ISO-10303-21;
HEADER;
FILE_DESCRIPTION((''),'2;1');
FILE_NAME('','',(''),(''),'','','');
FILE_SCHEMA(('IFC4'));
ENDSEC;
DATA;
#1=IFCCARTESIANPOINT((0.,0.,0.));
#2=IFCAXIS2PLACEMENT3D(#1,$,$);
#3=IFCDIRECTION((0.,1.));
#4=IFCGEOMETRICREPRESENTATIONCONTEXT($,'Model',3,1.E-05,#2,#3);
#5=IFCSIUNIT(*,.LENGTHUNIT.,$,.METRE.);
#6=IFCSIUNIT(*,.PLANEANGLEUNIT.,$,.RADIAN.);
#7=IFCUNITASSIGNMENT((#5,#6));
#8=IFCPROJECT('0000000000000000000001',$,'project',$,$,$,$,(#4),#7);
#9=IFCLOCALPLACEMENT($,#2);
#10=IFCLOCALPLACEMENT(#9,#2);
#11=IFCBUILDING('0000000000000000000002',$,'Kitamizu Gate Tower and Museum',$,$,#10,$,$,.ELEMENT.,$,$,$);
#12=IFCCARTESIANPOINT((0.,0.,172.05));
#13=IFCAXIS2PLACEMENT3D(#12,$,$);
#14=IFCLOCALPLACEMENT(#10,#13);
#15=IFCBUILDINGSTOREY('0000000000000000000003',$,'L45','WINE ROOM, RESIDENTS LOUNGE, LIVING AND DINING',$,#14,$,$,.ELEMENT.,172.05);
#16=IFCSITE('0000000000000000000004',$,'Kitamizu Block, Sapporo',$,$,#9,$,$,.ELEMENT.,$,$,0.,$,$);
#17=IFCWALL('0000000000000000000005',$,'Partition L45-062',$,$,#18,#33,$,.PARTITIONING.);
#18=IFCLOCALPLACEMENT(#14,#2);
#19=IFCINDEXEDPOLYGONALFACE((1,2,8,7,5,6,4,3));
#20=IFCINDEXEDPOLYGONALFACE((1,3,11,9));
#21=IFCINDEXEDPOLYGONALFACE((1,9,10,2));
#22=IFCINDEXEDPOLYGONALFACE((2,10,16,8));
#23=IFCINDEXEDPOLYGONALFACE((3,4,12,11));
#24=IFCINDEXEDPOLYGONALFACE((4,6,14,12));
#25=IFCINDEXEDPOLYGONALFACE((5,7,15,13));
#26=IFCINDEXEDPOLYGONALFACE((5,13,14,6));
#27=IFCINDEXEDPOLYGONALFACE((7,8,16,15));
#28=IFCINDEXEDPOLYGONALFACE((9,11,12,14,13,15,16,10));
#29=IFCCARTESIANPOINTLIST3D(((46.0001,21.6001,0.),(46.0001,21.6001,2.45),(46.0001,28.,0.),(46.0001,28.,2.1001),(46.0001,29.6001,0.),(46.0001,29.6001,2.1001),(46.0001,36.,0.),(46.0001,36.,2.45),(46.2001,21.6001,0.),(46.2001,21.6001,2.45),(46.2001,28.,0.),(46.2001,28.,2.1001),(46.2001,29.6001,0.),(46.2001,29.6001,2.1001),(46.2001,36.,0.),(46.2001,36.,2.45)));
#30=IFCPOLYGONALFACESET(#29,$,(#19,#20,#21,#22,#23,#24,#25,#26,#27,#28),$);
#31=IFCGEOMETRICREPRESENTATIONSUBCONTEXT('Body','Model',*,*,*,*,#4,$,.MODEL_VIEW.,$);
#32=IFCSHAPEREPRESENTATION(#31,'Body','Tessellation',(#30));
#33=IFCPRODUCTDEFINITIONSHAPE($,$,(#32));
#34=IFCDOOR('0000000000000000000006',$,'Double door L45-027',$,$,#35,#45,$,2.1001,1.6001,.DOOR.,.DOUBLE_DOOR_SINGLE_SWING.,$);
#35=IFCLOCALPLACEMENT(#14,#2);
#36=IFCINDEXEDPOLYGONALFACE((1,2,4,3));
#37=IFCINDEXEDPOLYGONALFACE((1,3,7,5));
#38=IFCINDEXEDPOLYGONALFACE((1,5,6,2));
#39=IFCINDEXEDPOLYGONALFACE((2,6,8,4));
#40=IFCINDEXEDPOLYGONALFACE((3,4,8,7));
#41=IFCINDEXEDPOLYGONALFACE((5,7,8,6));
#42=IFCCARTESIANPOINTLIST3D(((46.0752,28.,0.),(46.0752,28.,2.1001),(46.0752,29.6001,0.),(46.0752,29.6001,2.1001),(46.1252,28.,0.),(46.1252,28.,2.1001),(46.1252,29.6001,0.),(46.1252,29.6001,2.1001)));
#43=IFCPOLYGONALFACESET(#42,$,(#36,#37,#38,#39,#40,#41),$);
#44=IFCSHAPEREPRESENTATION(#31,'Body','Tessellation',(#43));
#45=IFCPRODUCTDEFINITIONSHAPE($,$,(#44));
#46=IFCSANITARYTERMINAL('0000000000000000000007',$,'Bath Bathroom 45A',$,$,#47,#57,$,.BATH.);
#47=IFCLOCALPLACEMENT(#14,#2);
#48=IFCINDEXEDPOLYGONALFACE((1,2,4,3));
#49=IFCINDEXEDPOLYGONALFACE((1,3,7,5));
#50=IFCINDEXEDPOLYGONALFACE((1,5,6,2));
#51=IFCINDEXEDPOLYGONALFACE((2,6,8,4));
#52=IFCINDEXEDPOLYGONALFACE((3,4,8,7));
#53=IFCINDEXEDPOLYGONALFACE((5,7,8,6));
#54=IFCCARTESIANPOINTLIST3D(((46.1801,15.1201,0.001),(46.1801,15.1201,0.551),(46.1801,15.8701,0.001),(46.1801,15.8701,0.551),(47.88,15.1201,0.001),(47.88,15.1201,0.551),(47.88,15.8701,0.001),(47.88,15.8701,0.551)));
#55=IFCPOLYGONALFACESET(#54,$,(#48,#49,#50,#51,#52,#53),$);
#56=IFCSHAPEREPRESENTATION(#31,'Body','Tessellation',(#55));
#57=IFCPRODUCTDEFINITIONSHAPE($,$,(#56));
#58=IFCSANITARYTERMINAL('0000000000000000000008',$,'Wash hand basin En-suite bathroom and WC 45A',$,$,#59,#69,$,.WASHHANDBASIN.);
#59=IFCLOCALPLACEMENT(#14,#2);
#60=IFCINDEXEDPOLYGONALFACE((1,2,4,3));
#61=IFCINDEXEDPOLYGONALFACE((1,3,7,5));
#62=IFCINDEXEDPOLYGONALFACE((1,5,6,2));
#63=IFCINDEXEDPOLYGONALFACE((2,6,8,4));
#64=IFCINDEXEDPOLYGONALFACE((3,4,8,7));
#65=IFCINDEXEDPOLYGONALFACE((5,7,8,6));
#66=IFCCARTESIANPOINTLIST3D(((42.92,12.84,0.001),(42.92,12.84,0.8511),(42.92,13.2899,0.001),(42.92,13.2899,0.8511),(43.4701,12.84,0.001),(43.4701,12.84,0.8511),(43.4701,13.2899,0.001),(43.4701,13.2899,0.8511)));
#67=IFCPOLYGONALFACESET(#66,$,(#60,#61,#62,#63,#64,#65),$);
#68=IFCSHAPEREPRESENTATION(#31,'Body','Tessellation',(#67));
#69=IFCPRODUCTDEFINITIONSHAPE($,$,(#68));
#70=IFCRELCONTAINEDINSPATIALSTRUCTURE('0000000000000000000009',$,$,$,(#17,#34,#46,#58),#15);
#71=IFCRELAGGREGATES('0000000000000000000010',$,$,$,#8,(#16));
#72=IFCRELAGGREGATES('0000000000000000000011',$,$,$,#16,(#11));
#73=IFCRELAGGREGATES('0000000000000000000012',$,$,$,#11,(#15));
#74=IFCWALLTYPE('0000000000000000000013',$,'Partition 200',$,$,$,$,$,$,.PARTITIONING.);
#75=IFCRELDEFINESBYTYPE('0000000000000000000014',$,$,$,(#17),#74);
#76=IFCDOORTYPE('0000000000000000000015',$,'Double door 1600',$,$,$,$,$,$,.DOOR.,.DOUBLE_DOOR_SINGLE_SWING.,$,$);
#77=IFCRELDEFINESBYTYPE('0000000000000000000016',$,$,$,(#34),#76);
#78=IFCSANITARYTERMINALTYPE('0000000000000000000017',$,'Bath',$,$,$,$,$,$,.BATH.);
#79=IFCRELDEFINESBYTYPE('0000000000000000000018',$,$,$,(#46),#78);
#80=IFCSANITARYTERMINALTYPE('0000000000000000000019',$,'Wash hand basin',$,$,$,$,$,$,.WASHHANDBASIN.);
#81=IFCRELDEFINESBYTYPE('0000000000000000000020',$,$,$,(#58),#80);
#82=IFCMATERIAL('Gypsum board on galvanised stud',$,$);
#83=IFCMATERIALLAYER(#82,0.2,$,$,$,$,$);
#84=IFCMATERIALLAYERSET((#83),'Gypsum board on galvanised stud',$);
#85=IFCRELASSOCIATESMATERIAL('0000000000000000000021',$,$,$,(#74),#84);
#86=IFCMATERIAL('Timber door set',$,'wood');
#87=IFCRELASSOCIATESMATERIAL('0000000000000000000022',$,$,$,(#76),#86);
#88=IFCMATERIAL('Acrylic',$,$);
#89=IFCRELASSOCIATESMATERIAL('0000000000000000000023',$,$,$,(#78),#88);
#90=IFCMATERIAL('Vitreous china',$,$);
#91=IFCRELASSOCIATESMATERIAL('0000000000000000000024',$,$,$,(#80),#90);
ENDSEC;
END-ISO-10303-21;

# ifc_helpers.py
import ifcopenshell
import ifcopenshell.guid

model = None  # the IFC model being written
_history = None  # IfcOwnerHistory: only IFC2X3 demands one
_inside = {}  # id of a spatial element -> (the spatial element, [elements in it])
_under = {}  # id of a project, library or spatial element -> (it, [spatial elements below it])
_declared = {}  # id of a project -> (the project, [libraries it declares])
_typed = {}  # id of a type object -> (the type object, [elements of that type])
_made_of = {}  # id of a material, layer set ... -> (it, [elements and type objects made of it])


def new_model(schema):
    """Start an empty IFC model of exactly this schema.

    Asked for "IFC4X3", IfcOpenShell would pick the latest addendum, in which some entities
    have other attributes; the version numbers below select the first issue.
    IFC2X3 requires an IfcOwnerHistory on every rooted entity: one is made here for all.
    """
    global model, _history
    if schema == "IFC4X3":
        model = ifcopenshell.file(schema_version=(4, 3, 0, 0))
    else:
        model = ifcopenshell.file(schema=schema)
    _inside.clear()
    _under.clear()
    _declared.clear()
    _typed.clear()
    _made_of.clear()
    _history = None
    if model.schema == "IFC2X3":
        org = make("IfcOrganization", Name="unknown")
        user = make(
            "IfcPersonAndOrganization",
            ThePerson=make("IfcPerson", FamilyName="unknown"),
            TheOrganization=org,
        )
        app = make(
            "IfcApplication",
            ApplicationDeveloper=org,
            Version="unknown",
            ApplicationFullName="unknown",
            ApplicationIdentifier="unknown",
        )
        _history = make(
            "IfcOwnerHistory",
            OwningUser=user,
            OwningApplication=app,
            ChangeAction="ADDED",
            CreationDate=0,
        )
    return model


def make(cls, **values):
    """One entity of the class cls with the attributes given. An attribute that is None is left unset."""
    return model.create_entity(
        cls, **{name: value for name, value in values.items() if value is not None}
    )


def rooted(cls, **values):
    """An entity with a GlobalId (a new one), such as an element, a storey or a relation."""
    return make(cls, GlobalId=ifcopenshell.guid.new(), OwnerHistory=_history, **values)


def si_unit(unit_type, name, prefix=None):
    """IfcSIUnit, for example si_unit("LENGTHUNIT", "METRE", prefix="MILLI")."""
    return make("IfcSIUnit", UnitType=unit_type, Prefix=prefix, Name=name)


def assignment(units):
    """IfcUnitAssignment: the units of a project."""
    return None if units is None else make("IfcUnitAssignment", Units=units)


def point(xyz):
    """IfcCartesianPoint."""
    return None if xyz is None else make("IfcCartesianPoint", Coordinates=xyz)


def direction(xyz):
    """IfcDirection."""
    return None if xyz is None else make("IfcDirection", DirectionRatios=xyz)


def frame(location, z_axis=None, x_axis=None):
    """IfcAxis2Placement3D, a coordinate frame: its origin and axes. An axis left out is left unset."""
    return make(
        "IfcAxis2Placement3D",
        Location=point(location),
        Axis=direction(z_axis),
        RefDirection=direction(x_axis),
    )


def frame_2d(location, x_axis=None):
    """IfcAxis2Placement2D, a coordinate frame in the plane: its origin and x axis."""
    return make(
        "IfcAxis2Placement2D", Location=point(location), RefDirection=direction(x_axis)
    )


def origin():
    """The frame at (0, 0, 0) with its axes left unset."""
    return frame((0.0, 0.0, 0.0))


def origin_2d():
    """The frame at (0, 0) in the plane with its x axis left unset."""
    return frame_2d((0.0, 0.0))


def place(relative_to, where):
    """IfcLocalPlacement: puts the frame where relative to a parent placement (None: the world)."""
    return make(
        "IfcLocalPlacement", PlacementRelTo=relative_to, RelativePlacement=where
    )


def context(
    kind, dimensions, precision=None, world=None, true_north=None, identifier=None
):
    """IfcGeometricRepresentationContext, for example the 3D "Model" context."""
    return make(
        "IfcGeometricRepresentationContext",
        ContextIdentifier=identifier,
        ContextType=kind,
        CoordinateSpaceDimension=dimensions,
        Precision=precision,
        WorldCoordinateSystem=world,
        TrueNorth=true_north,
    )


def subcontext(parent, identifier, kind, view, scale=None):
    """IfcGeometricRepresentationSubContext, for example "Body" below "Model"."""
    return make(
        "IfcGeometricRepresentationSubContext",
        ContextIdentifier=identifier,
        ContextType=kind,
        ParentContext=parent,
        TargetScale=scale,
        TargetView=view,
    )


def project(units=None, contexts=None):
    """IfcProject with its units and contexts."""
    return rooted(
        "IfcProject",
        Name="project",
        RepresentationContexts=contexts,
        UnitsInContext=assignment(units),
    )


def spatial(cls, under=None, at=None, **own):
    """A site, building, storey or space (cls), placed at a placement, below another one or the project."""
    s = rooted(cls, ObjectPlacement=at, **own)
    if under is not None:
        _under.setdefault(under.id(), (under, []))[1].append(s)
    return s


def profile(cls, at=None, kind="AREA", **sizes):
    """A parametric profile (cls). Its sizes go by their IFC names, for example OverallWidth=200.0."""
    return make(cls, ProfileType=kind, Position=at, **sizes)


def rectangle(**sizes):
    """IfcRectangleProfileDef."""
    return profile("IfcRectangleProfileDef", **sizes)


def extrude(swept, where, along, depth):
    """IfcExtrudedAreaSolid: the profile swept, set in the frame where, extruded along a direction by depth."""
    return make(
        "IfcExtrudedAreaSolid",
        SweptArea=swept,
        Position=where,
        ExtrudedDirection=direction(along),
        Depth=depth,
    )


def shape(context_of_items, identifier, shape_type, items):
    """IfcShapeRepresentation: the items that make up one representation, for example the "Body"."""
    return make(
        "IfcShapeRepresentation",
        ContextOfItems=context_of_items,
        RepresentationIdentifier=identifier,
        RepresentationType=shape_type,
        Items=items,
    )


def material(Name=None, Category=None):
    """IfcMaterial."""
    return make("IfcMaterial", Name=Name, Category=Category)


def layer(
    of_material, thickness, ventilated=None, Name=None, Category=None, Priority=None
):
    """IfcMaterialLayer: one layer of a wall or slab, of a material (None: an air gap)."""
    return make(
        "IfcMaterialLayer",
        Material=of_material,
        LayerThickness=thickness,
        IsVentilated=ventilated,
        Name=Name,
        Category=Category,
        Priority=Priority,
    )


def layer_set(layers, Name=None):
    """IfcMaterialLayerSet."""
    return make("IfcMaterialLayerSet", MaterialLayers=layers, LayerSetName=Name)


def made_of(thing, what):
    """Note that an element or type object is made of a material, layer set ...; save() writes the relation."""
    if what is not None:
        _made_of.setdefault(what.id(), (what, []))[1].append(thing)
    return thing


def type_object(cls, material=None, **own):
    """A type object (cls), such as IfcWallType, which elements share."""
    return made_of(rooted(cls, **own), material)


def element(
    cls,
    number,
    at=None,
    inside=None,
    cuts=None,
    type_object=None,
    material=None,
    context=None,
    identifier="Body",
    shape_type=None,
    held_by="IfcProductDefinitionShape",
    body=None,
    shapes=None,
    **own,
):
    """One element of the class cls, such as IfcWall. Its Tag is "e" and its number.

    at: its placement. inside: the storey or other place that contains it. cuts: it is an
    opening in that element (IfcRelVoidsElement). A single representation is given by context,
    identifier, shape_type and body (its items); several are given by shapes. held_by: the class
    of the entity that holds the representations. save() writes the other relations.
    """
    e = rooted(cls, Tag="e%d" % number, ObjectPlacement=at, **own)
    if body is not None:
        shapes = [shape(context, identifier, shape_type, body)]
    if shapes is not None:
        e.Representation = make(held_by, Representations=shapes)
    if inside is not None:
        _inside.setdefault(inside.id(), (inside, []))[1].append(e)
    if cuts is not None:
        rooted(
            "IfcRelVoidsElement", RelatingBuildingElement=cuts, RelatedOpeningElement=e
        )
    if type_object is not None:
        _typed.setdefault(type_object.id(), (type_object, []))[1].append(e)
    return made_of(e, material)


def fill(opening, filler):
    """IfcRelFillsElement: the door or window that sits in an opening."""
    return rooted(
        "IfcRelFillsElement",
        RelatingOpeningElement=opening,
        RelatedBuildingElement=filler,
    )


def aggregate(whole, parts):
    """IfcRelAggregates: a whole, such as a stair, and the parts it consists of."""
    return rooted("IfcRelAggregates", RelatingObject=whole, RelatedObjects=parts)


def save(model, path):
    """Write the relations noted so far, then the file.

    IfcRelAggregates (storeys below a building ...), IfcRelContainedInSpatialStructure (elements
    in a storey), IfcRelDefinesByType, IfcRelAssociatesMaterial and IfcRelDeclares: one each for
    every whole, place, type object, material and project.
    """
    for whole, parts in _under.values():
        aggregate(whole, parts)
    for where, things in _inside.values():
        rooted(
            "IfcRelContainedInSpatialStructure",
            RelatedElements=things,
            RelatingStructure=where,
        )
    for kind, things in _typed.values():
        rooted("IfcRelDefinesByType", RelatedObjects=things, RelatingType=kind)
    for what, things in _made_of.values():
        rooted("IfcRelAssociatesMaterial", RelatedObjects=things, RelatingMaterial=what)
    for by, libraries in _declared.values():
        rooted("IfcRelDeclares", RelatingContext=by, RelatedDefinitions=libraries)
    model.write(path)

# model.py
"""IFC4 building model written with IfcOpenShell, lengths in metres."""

from ifc_helpers import new_model, si_unit, direction, frame, frame_2d, origin, origin_2d, place, context, subcontext, project, spatial, rectangle, extrude, material, layer, layer_set, type_object, element, fill, save


model = new_model("IFC4")

# Units and contexts
model_context = context("Model", 3, precision=1e-05, world=origin(), true_north=direction((0.0, 1.0)))
body_context = subcontext(model_context, "Body", "Model", "MODEL_VIEW")
ifc_project = project(units=[si_unit("LENGTHUNIT", "METRE"), si_unit("PLANEANGLEUNIT", "RADIAN")], contexts=[model_context])

# Site, building, storey
site_placement = place(None, origin())
site = spatial("IfcSite", under=ifc_project, at=site_placement, Name="Kitamizu Block, Sapporo", CompositionType="ELEMENT", RefElevation=0.0)
building_placement = place(site_placement, origin())
building = spatial("IfcBuilding", under=site, at=building_placement, Name="Kitamizu Gate Tower and Museum", CompositionType="ELEMENT")
storey_placement = place(building_placement, frame((0.0, 0.0, 172.05)))
storey = spatial("IfcBuildingStorey", under=building, at=storey_placement, Name="L45", Description="WINE ROOM, RESIDENTS LOUNGE, LIVING AND DINING", CompositionType="ELEMENT", Elevation=172.05)

# Shared definitions
ifc_material_1 = material(Name="Gypsum board on galvanised stud")
ifc_layer_1 = layer(ifc_material_1, 0.2)
ifc_layer_set_1 = layer_set([ifc_layer_1], Name="Gypsum board on galvanised stud")
wall_type_1 = type_object("IfcWallType", Name="Partition 200", PredefinedType="PARTITIONING", material=ifc_layer_set_1)

# Wall, opening, door
wall_1_placement = place(storey_placement, frame((46.1001, 21.6001, 0.0), z_axis=(0.0, 0.0, 1.0), x_axis=(0.0, 1.0, 0.0)))
wall_1 = element("IfcWall", 1, at=wall_1_placement, inside=storey, type_object=wall_type_1, Name="Partition L45-062", PredefinedType="PARTITIONING", context=body_context, shape_type="SweptSolid", body=[
    extrude(rectangle(XDim=14.3999, YDim=0.2, at=frame_2d((7.2, 0.0))), origin(), (0.0, 0.0, 1.0), 2.45),
])
opening_1_placement = place(wall_1_placement, frame((6.3999, 0.0, 0.0)))
opening_1 = element("IfcOpeningElement", 2, at=opening_1_placement, cuts=wall_1, PredefinedType="OPENING", context=body_context, shape_type="SweptSolid", body=[
    extrude(rectangle(XDim=1.6001, YDim=2.1001, at=frame_2d((0.8, 1.05))), frame((0.0, 0.1099, 0.0), z_axis=(0.0, -1.0, 0.0), x_axis=(1.0, 0.0, 0.0)), (0.0, 0.0, 1.0), 0.22),
])
ifc_material_2 = material(Name="Timber door set", Category="wood")
door_type_1 = type_object("IfcDoorType", Name="Double door 1600", OperationType="DOUBLE_DOOR_SINGLE_SWING", PredefinedType="DOOR", material=ifc_material_2)
door_1_placement = place(opening_1_placement, origin())
door_1 = element("IfcDoor", 3, at=door_1_placement, inside=storey, type_object=door_type_1, Name="Double door L45-027", OperationType="DOUBLE_DOOR_SINGLE_SWING", OverallHeight=2.1001, OverallWidth=1.6001, PredefinedType="DOOR", context=body_context, shape_type="SweptSolid", body=[
    extrude(rectangle(XDim=1.6001, YDim=2.1001, at=frame_2d((0.8, 1.05))), frame((0.0, 0.0249, 0.0), z_axis=(0.0, -1.0, 0.0), x_axis=(1.0, 0.0, 0.0)), (0.0, 0.0, 1.0), 0.05),
])
fill(opening_1, door_1)

# Sanitary terminals
ifc_material_3 = material(Name="Acrylic")
sanitary_terminal_type_1 = type_object("IfcSanitaryTerminalType", Name="Bath", PredefinedType="BATH", material=ifc_material_3)
sanitary_terminal_1_placement = place(storey_placement, frame((47.03, 15.4951, 0.001), z_axis=(0.0, 0.0, 1.0), x_axis=(1.0, 0.0, 0.0)))
element("IfcSanitaryTerminal", 4, at=sanitary_terminal_1_placement, inside=storey, type_object=sanitary_terminal_type_1, Name="Bath Bathroom 45A", PredefinedType="BATH", context=body_context, shape_type="SweptSolid", body=[
    extrude(rectangle(XDim=1.7, YDim=0.75, at=origin_2d()), origin(), (0.0, 0.0, 1.0), 0.55),
])
ifc_material_4 = material(Name="Vitreous china")
sanitary_terminal_type_2 = type_object("IfcSanitaryTerminalType", Name="Wash hand basin", PredefinedType="WASHHANDBASIN", material=ifc_material_4)
sanitary_terminal_2_placement = place(storey_placement, frame((43.1951, 13.0649, 0.001), z_axis=(0.0, 0.0, 1.0), x_axis=(1.0, 0.0, 0.0)))
element("IfcSanitaryTerminal", 5, at=sanitary_terminal_2_placement, inside=storey, type_object=sanitary_terminal_type_2, Name="Wash hand basin En-suite bathroom and WC 45A", PredefinedType="WASHHANDBASIN", context=body_context, shape_type="SweptSolid", body=[
    extrude(rectangle(XDim=0.55, YDim=0.45, at=origin_2d()), origin(), (0.0, 0.0, 1.0), 0.8501),
])

save(model, "model.ifc")
